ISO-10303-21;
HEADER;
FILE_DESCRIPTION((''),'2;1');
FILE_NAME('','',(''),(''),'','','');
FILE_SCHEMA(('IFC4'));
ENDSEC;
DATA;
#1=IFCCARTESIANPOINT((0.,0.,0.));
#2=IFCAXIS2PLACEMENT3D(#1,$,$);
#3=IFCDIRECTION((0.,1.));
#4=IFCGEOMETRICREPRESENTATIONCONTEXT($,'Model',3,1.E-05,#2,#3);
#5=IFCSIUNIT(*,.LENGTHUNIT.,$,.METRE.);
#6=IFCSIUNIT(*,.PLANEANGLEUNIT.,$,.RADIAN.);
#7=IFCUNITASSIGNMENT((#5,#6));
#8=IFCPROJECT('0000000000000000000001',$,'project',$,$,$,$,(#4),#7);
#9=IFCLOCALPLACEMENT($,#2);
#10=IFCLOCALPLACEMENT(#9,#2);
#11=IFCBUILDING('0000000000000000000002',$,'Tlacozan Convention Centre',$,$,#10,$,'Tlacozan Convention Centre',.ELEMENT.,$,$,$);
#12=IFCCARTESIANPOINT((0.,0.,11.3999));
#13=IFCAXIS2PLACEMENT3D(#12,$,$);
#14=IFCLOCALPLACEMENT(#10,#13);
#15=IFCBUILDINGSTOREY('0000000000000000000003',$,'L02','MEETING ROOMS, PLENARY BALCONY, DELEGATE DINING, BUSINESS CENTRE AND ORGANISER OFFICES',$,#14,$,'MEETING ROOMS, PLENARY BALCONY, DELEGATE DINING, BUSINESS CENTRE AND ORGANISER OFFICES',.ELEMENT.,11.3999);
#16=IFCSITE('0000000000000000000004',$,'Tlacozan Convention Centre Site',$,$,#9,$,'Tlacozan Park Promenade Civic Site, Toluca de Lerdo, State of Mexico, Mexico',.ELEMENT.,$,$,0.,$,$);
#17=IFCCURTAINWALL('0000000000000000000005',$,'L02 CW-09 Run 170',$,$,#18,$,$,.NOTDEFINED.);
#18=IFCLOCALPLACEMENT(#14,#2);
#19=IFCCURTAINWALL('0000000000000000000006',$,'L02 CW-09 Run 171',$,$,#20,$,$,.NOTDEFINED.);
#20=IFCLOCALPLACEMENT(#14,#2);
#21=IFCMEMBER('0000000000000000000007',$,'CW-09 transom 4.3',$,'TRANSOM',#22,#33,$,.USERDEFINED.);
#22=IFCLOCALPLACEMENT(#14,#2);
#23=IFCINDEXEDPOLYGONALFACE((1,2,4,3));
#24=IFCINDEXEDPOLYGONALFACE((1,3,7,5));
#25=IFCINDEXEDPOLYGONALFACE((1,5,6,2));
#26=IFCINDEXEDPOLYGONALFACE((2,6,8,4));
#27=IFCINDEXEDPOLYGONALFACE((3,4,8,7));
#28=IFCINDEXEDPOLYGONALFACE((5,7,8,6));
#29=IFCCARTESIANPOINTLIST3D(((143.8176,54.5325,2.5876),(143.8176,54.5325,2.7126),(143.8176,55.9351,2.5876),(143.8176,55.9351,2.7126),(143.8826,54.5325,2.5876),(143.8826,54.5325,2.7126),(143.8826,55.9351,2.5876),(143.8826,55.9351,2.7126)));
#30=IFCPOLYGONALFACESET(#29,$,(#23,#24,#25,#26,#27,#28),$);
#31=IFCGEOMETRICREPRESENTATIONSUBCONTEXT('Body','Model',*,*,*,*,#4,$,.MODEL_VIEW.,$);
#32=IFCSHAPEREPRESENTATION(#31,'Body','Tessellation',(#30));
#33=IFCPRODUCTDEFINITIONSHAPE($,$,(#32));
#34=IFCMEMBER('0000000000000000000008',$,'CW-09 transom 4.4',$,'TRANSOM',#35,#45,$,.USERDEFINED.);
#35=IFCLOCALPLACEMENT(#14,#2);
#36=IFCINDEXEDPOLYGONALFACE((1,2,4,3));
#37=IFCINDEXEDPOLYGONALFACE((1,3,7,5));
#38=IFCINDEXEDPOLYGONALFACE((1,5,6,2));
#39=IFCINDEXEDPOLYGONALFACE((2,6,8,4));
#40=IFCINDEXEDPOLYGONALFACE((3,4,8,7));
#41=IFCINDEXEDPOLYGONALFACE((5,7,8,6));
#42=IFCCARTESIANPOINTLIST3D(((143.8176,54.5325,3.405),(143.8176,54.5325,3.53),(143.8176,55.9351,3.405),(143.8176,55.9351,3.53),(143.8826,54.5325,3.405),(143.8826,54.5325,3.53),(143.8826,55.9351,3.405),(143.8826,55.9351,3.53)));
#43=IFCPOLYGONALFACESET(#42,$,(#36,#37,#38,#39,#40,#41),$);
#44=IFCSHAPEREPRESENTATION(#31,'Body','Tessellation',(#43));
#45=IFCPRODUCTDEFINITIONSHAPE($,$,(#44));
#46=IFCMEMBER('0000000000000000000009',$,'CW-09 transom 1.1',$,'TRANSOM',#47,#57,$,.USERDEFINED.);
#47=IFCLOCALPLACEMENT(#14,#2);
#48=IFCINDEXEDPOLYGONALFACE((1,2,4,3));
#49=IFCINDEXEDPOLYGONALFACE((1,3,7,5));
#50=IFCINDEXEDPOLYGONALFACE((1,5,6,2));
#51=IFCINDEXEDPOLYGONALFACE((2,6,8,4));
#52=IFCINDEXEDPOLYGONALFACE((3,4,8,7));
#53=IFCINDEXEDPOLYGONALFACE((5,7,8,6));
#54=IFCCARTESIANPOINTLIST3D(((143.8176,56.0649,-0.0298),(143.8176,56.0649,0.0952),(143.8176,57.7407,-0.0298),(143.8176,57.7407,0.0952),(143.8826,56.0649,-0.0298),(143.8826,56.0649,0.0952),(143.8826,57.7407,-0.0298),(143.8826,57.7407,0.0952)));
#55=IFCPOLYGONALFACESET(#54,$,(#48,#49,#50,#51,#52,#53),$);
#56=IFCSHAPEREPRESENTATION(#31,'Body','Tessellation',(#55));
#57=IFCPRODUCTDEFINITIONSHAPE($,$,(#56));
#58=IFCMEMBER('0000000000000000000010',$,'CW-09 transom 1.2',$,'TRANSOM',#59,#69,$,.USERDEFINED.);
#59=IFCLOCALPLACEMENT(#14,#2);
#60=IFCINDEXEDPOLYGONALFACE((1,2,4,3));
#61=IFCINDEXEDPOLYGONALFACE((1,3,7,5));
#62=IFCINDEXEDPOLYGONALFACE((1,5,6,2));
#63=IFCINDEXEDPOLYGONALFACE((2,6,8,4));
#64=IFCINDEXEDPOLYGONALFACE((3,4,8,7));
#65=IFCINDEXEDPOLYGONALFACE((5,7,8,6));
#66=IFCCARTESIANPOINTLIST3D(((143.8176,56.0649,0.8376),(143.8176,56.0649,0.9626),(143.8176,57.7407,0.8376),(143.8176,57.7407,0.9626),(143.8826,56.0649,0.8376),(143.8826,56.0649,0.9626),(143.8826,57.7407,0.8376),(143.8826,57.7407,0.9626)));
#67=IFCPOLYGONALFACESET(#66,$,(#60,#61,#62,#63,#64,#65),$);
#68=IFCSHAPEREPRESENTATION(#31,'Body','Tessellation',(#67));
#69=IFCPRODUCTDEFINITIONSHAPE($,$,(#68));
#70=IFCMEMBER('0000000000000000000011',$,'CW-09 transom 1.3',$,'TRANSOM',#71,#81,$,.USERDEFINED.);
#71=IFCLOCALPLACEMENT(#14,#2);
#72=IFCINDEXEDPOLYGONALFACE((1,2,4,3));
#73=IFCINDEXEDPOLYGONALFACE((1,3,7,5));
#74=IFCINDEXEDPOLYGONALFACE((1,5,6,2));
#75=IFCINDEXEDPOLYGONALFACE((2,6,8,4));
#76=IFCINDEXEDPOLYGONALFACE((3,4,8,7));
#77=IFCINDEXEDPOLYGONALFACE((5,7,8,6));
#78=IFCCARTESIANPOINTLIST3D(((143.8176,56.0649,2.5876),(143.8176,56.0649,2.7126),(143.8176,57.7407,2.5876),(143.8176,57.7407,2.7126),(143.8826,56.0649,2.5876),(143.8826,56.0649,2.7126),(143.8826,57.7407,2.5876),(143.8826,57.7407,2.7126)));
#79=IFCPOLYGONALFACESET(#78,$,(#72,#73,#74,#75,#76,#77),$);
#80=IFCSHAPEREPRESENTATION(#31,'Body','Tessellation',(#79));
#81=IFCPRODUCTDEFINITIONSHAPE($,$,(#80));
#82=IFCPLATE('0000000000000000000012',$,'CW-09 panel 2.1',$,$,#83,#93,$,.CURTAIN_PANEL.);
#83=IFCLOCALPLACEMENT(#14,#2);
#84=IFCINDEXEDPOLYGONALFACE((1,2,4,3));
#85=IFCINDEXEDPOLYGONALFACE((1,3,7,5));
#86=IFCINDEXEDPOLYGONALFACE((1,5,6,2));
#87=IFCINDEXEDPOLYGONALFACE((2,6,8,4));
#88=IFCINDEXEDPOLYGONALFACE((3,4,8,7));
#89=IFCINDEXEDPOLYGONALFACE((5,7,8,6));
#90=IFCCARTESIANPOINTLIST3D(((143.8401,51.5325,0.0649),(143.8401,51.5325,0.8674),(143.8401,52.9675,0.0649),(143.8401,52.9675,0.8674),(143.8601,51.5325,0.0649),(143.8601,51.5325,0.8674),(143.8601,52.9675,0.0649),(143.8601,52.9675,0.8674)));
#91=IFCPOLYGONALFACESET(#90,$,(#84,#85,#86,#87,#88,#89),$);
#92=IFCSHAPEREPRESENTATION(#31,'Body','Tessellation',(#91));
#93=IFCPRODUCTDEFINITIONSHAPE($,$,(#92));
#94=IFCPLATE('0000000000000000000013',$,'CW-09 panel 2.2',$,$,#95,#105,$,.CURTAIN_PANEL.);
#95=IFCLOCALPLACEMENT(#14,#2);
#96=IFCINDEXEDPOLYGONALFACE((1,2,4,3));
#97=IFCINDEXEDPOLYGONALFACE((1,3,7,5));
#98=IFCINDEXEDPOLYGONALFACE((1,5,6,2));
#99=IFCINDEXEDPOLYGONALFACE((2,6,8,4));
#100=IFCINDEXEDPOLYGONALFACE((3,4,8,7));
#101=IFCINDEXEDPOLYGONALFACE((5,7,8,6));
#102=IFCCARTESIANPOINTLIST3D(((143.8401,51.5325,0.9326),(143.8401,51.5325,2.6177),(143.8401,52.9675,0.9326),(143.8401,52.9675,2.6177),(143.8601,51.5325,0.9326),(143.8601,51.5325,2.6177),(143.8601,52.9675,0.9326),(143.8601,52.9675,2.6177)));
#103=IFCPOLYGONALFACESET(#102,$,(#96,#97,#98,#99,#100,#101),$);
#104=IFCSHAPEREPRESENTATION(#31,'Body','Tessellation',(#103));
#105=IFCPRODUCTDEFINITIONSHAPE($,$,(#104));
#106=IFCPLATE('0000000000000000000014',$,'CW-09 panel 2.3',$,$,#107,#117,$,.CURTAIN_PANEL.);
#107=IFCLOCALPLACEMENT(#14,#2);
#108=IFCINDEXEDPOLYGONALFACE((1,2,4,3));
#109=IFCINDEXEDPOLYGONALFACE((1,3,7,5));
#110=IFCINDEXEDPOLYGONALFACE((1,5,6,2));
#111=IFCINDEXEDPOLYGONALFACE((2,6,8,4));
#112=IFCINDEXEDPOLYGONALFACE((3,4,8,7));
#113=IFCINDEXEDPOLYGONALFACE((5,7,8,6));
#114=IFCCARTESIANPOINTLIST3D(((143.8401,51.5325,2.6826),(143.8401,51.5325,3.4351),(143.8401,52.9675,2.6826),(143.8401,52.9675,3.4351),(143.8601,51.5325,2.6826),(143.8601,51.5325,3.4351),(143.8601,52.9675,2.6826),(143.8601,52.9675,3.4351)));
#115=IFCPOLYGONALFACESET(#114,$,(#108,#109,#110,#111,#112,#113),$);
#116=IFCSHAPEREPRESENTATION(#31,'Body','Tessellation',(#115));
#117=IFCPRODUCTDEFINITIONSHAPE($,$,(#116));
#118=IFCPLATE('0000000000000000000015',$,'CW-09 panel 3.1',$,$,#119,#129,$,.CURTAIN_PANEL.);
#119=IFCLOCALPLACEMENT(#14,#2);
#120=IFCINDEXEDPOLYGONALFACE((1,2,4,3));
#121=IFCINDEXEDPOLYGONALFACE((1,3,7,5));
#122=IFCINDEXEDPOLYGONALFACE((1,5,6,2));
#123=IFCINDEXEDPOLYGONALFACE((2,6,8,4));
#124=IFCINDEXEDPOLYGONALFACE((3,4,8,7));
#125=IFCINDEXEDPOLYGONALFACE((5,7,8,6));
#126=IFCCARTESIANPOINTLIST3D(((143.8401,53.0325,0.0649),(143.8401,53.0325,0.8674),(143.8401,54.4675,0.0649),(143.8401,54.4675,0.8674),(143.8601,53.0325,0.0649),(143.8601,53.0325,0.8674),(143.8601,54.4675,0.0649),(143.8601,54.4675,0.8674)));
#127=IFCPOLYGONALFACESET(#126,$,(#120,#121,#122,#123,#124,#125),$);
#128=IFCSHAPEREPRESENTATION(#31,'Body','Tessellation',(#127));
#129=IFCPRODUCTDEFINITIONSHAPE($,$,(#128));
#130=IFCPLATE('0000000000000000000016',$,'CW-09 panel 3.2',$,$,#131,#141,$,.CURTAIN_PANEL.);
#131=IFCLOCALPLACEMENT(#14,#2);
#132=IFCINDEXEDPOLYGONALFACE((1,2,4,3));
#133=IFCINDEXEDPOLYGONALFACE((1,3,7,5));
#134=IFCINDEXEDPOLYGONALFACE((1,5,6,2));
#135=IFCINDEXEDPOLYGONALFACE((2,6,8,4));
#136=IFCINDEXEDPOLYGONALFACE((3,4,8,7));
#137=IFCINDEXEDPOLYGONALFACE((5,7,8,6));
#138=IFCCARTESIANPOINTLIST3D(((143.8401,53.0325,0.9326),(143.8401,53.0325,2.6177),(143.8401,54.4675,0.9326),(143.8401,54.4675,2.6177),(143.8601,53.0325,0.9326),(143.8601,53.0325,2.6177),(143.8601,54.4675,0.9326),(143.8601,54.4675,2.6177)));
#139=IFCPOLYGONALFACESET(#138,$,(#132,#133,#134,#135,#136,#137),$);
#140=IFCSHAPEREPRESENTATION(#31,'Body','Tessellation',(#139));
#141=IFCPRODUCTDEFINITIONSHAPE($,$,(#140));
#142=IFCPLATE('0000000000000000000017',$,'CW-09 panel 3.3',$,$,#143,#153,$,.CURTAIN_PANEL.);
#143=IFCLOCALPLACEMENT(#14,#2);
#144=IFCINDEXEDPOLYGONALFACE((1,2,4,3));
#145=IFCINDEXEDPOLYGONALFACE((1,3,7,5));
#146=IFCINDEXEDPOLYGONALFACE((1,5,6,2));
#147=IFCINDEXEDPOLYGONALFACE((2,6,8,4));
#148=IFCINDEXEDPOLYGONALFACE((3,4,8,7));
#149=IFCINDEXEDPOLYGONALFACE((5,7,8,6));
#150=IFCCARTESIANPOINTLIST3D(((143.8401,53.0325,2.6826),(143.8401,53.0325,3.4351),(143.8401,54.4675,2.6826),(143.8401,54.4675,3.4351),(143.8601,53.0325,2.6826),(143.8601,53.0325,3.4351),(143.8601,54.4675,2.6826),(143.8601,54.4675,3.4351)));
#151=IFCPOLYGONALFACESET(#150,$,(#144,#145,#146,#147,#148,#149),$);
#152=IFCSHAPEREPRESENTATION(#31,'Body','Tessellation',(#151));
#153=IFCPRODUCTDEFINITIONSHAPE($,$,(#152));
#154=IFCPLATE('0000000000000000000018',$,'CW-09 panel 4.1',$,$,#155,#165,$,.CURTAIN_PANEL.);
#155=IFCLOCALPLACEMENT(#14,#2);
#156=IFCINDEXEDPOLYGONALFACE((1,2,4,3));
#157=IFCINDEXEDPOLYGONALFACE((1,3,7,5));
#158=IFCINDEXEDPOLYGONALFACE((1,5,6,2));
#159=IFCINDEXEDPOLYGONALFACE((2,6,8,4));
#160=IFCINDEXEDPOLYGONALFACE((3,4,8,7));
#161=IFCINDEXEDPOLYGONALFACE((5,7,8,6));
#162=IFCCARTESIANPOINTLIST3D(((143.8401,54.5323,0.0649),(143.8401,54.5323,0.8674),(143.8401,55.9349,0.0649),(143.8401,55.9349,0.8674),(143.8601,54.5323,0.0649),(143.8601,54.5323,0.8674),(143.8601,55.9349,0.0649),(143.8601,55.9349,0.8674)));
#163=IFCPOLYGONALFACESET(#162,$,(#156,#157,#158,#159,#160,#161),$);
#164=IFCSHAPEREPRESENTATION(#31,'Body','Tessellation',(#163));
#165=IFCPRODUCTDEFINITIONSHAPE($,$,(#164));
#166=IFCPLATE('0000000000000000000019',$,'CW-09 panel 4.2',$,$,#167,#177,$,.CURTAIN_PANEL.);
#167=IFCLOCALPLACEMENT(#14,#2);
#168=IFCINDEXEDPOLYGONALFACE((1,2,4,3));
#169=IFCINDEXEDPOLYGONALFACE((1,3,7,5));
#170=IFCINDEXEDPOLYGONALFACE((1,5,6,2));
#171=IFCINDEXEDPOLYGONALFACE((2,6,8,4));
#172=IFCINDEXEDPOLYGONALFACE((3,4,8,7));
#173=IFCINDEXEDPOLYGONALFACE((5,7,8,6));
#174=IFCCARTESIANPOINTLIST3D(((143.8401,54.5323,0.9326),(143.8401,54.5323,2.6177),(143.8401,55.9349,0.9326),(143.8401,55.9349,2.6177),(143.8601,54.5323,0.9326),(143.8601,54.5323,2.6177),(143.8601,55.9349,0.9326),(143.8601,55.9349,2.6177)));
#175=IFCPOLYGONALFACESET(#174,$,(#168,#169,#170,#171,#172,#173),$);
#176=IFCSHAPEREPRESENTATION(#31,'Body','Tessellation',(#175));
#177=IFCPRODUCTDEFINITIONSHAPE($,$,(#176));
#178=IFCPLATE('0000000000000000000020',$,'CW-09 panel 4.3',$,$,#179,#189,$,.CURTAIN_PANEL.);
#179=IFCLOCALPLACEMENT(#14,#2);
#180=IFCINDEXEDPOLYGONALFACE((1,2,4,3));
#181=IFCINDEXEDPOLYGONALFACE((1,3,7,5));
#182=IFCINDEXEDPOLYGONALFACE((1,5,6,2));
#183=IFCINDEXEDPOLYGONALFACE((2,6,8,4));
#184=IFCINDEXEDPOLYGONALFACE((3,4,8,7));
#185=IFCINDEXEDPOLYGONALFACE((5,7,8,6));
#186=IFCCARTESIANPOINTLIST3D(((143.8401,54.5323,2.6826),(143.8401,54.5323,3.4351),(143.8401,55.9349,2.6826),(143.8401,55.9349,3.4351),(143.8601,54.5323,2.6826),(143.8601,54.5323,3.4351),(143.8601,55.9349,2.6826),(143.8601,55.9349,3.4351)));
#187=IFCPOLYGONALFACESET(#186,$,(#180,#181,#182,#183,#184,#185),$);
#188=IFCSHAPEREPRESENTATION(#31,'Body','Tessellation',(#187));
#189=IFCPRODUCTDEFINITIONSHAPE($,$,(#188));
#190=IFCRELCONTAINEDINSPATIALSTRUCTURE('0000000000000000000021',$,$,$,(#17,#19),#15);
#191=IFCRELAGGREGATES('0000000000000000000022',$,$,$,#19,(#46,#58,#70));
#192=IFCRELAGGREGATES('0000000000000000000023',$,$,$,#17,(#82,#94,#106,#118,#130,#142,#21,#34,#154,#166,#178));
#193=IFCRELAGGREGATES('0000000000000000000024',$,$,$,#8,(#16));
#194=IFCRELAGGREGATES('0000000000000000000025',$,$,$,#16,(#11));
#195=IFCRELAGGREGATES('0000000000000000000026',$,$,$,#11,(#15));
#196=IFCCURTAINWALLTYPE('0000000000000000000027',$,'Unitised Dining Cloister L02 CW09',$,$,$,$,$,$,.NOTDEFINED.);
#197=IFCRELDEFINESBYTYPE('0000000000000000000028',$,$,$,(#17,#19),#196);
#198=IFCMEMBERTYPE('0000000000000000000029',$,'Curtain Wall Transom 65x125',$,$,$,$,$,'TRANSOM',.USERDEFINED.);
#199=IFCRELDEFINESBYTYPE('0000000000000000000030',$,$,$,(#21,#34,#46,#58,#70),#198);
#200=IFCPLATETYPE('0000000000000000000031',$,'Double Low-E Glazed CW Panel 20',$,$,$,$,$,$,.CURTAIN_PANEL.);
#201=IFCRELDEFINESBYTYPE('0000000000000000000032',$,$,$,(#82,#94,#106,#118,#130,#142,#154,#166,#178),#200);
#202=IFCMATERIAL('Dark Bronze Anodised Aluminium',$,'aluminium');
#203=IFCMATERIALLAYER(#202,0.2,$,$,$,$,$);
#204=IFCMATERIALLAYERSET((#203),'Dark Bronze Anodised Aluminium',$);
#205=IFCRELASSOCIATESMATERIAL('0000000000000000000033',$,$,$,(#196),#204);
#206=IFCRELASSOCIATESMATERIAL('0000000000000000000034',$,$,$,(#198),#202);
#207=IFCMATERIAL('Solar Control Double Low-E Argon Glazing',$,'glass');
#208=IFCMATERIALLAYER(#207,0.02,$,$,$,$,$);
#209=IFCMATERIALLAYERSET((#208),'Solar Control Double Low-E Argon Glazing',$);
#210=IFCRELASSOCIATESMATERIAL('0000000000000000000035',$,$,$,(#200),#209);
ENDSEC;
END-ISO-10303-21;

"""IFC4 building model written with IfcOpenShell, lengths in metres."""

from ifc_helpers import new_model, si_unit, direction, frame, origin, origin_2d, place, context, subcontext, project, spatial, rectangle, extrude, material, layer, layer_set, material_profile, profile_set, type_object, element, aggregate, save


model = new_model("IFC4")

# Units and contexts
model_context = context("Model", 3, precision=1e-05, world=origin(), true_north=direction((0.0, 1.0)))
body_context = subcontext(model_context, "Body", "Model", "MODEL_VIEW")
ifc_project = project(units=[si_unit("LENGTHUNIT", "METRE"), si_unit("PLANEANGLEUNIT", "RADIAN")], contexts=[model_context])

# Site, building, storey
site_placement = place(None, origin())
site = spatial("IfcSite", under=ifc_project, at=site_placement, Name="Tlacozan Convention Centre Site", LongName="Tlacozan Park Promenade Civic Site, Toluca de Lerdo, State of Mexico, Mexico", CompositionType="ELEMENT", RefElevation=0.0)
building_placement = place(site_placement, origin())
building = spatial("IfcBuilding", under=site, at=building_placement, Name="Tlacozan Convention Centre", LongName="Tlacozan Convention Centre", CompositionType="ELEMENT")
storey_placement = place(building_placement, frame((0.0, 0.0, 11.3999)))
storey = spatial("IfcBuildingStorey", under=building, at=storey_placement, Name="L02", Description="MEETING ROOMS, PLENARY BALCONY, DELEGATE DINING, BUSINESS CENTRE AND ORGANISER OFFICES", LongName="MEETING ROOMS, PLENARY BALCONY, DELEGATE DINING, BUSINESS CENTRE AND ORGANISER OFFICES", CompositionType="ELEMENT", Elevation=11.3999)

# Curtain wall
ifc_material_1 = material(Name="Dark Bronze Anodised Aluminium", Category="aluminium")
ifc_layer_1 = layer(ifc_material_1, 0.2)
ifc_layer_set_1 = layer_set([ifc_layer_1], Name="Dark Bronze Anodised Aluminium")
curtain_wall_type = type_object("IfcCurtainWallType", Name="Unitised Dining Cloister L02 CW09", PredefinedType="NOTDEFINED", material=ifc_layer_set_1)
curtain_wall_1_placement = place(storey_placement, origin())
curtain_wall_1 = element("IfcCurtainWall", 1, at=curtain_wall_1_placement, inside=storey, type_object=curtain_wall_type, Name="L02 CW-09 Run 170", PredefinedType="NOTDEFINED")

# Curtain wall
curtain_wall_2_placement = place(storey_placement, origin())
curtain_wall_2 = element("IfcCurtainWall", 2, at=curtain_wall_2_placement, inside=storey, type_object=curtain_wall_type, Name="L02 CW-09 Run 171", PredefinedType="NOTDEFINED")

# Members
ifc_material_profile_1 = material_profile(ifc_material_1, rectangle(XDim=0.0649, YDim=0.125, at=origin_2d()), Name="ALU 65x125")
ifc_profile_set_1 = profile_set([ifc_material_profile_1], Name="Dark Bronze Anodised Aluminium")
member_type_1 = type_object("IfcMemberType", Name="Curtain Wall Transom 65x125", ElementType="TRANSOM", PredefinedType="USERDEFINED", material=ifc_profile_set_1)
member_1_placement = place(storey_placement, frame((143.8501, 54.5325, 2.6501), z_axis=(0.0, 1.0, 0.0), x_axis=(-1.0, 0.0, 0.0)))
member_1 = element("IfcMember", 3, at=member_1_placement, type_object=member_type_1, Name="CW-09 transom 4.3", ObjectType="TRANSOM", PredefinedType="USERDEFINED", context=body_context, shape_type="SweptSolid", body=[
    extrude(rectangle(XDim=0.0649, YDim=0.125, at=origin_2d()), origin(), (0.0, 0.0, 1.0), 1.4026),
])
member_2_placement = place(storey_placement, frame((143.8501, 54.5325, 3.4675), z_axis=(0.0, 1.0, 0.0), x_axis=(-1.0, 0.0, 0.0)))
member_2 = element("IfcMember", 4, at=member_2_placement, type_object=member_type_1, Name="CW-09 transom 4.4", ObjectType="TRANSOM", PredefinedType="USERDEFINED", context=body_context, shape_type="SweptSolid", body=[
    extrude(rectangle(XDim=0.0649, YDim=0.125, at=origin_2d()), origin(), (0.0, 0.0, 1.0), 1.4026),
])
member_3_placement = place(storey_placement, frame((143.8501, 56.0649, 0.0327), z_axis=(0.0, 1.0, 0.0), x_axis=(-1.0, 0.0, 0.0)))
member_3 = element("IfcMember", 5, at=member_3_placement, type_object=member_type_1, Name="CW-09 transom 1.1", ObjectType="TRANSOM", PredefinedType="USERDEFINED", context=body_context, shape_type="SweptSolid", body=[
    extrude(rectangle(XDim=0.0649, YDim=0.125, at=origin_2d()), origin(), (0.0, 0.0, 1.0), 1.6758),
])
member_4_placement = place(storey_placement, frame((143.8501, 56.0649, 0.9001), z_axis=(0.0, 1.0, 0.0), x_axis=(-1.0, 0.0, 0.0)))
member_4 = element("IfcMember", 6, at=member_4_placement, type_object=member_type_1, Name="CW-09 transom 1.2", ObjectType="TRANSOM", PredefinedType="USERDEFINED", context=body_context, shape_type="SweptSolid", body=[
    extrude(rectangle(XDim=0.0649, YDim=0.125, at=origin_2d()), origin(), (0.0, 0.0, 1.0), 1.6758),
])
member_5_placement = place(storey_placement, frame((143.8501, 56.0649, 2.6501), z_axis=(0.0, 1.0, 0.0), x_axis=(-1.0, 0.0, 0.0)))
member_5 = element("IfcMember", 7, at=member_5_placement, type_object=member_type_1, Name="CW-09 transom 1.3", ObjectType="TRANSOM", PredefinedType="USERDEFINED", context=body_context, shape_type="SweptSolid", body=[
    extrude(rectangle(XDim=0.0649, YDim=0.125, at=origin_2d()), origin(), (0.0, 0.0, 1.0), 1.6758),
])
aggregate(curtain_wall_2, [member_3, member_4, member_5])

# Plates
ifc_material_2 = material(Name="Solar Control Double Low-E Argon Glazing", Category="glass")
ifc_layer_2 = layer(ifc_material_2, 0.02)
ifc_layer_set_2 = layer_set([ifc_layer_2], Name="Solar Control Double Low-E Argon Glazing")
plate_type = type_object("IfcPlateType", Name="Double Low-E Glazed CW Panel 20", PredefinedType="CURTAIN_PANEL", material=ifc_layer_set_2)
plate_1_placement = place(storey_placement, frame((143.8501, 52.25, 0.0649), z_axis=(0.0, 0.0, 1.0), x_axis=(0.0, 1.0, 0.0)))
plate_1 = element("IfcPlate", 8, at=plate_1_placement, type_object=plate_type, Name="CW-09 panel 2.1", PredefinedType="CURTAIN_PANEL", context=body_context, shape_type="SweptSolid", body=[
    extrude(rectangle(XDim=1.4351, YDim=0.02, at=origin_2d()), origin(), (0.0, 0.0, 1.0), 0.8025),
])
plate_2_placement = place(storey_placement, frame((143.8501, 52.25, 0.9326), z_axis=(0.0, 0.0, 1.0), x_axis=(0.0, 1.0, 0.0)))
plate_2 = element("IfcPlate", 9, at=plate_2_placement, type_object=plate_type, Name="CW-09 panel 2.2", PredefinedType="CURTAIN_PANEL", context=body_context, shape_type="SweptSolid", body=[
    extrude(rectangle(XDim=1.4351, YDim=0.02, at=origin_2d()), origin(), (0.0, 0.0, 1.0), 1.6851),
])
plate_3_placement = place(storey_placement, frame((143.8501, 52.25, 2.6826), z_axis=(0.0, 0.0, 1.0), x_axis=(0.0, 1.0, 0.0)))
plate_3 = element("IfcPlate", 10, at=plate_3_placement, type_object=plate_type, Name="CW-09 panel 2.3", PredefinedType="CURTAIN_PANEL", context=body_context, shape_type="SweptSolid", body=[
    extrude(rectangle(XDim=1.4351, YDim=0.02, at=origin_2d()), origin(), (0.0, 0.0, 1.0), 0.7524),
])
plate_4_placement = place(storey_placement, frame((143.8501, 53.75, 0.0649), z_axis=(0.0, 0.0, 1.0), x_axis=(0.0, 1.0, 0.0)))
plate_4 = element("IfcPlate", 11, at=plate_4_placement, type_object=plate_type, Name="CW-09 panel 3.1", PredefinedType="CURTAIN_PANEL", context=body_context, shape_type="SweptSolid", body=[
    extrude(rectangle(XDim=1.4351, YDim=0.02, at=origin_2d()), origin(), (0.0, 0.0, 1.0), 0.8025),
])
plate_5_placement = place(storey_placement, frame((143.8501, 53.75, 0.9326), z_axis=(0.0, 0.0, 1.0), x_axis=(0.0, 1.0, 0.0)))
plate_5 = element("IfcPlate", 12, at=plate_5_placement, type_object=plate_type, Name="CW-09 panel 3.2", PredefinedType="CURTAIN_PANEL", context=body_context, shape_type="SweptSolid", body=[
    extrude(rectangle(XDim=1.4351, YDim=0.02, at=origin_2d()), origin(), (0.0, 0.0, 1.0), 1.6851),
])
plate_6_placement = place(storey_placement, frame((143.8501, 53.75, 2.6826), z_axis=(0.0, 0.0, 1.0), x_axis=(0.0, 1.0, 0.0)))
plate_6 = element("IfcPlate", 13, at=plate_6_placement, type_object=plate_type, Name="CW-09 panel 3.3", PredefinedType="CURTAIN_PANEL", context=body_context, shape_type="SweptSolid", body=[
    extrude(rectangle(XDim=1.4351, YDim=0.02, at=origin_2d()), origin(), (0.0, 0.0, 1.0), 0.7524),
])
plate_7_placement = place(storey_placement, frame((143.8501, 55.2336, 0.0649), z_axis=(0.0, 0.0, 1.0), x_axis=(0.0, 1.0, 0.0)))
plate_7 = element("IfcPlate", 14, at=plate_7_placement, type_object=plate_type, Name="CW-09 panel 4.1", PredefinedType="CURTAIN_PANEL", context=body_context, shape_type="SweptSolid", body=[
    extrude(rectangle(XDim=1.4026, YDim=0.02, at=origin_2d()), origin(), (0.0, 0.0, 1.0), 0.8025),
])
plate_8_placement = place(storey_placement, frame((143.8501, 55.2336, 0.9326), z_axis=(0.0, 0.0, 1.0), x_axis=(0.0, 1.0, 0.0)))
plate_8 = element("IfcPlate", 15, at=plate_8_placement, type_object=plate_type, Name="CW-09 panel 4.2", PredefinedType="CURTAIN_PANEL", context=body_context, shape_type="SweptSolid", body=[
    extrude(rectangle(XDim=1.4026, YDim=0.02, at=origin_2d()), origin(), (0.0, 0.0, 1.0), 1.6851),
])
plate_9_placement = place(storey_placement, frame((143.8501, 55.2336, 2.6826), z_axis=(0.0, 0.0, 1.0), x_axis=(0.0, 1.0, 0.0)))
plate_9 = element("IfcPlate", 16, at=plate_9_placement, type_object=plate_type, Name="CW-09 panel 4.3", PredefinedType="CURTAIN_PANEL", context=body_context, shape_type="SweptSolid", body=[
    extrude(rectangle(XDim=1.4026, YDim=0.02, at=origin_2d()), origin(), (0.0, 0.0, 1.0), 0.7524),
])
aggregate(curtain_wall_1, [plate_1, plate_2, plate_3, plate_4, plate_5, plate_6, member_1, member_2, plate_7, plate_8, plate_9])

save(model, "model.ifc")
